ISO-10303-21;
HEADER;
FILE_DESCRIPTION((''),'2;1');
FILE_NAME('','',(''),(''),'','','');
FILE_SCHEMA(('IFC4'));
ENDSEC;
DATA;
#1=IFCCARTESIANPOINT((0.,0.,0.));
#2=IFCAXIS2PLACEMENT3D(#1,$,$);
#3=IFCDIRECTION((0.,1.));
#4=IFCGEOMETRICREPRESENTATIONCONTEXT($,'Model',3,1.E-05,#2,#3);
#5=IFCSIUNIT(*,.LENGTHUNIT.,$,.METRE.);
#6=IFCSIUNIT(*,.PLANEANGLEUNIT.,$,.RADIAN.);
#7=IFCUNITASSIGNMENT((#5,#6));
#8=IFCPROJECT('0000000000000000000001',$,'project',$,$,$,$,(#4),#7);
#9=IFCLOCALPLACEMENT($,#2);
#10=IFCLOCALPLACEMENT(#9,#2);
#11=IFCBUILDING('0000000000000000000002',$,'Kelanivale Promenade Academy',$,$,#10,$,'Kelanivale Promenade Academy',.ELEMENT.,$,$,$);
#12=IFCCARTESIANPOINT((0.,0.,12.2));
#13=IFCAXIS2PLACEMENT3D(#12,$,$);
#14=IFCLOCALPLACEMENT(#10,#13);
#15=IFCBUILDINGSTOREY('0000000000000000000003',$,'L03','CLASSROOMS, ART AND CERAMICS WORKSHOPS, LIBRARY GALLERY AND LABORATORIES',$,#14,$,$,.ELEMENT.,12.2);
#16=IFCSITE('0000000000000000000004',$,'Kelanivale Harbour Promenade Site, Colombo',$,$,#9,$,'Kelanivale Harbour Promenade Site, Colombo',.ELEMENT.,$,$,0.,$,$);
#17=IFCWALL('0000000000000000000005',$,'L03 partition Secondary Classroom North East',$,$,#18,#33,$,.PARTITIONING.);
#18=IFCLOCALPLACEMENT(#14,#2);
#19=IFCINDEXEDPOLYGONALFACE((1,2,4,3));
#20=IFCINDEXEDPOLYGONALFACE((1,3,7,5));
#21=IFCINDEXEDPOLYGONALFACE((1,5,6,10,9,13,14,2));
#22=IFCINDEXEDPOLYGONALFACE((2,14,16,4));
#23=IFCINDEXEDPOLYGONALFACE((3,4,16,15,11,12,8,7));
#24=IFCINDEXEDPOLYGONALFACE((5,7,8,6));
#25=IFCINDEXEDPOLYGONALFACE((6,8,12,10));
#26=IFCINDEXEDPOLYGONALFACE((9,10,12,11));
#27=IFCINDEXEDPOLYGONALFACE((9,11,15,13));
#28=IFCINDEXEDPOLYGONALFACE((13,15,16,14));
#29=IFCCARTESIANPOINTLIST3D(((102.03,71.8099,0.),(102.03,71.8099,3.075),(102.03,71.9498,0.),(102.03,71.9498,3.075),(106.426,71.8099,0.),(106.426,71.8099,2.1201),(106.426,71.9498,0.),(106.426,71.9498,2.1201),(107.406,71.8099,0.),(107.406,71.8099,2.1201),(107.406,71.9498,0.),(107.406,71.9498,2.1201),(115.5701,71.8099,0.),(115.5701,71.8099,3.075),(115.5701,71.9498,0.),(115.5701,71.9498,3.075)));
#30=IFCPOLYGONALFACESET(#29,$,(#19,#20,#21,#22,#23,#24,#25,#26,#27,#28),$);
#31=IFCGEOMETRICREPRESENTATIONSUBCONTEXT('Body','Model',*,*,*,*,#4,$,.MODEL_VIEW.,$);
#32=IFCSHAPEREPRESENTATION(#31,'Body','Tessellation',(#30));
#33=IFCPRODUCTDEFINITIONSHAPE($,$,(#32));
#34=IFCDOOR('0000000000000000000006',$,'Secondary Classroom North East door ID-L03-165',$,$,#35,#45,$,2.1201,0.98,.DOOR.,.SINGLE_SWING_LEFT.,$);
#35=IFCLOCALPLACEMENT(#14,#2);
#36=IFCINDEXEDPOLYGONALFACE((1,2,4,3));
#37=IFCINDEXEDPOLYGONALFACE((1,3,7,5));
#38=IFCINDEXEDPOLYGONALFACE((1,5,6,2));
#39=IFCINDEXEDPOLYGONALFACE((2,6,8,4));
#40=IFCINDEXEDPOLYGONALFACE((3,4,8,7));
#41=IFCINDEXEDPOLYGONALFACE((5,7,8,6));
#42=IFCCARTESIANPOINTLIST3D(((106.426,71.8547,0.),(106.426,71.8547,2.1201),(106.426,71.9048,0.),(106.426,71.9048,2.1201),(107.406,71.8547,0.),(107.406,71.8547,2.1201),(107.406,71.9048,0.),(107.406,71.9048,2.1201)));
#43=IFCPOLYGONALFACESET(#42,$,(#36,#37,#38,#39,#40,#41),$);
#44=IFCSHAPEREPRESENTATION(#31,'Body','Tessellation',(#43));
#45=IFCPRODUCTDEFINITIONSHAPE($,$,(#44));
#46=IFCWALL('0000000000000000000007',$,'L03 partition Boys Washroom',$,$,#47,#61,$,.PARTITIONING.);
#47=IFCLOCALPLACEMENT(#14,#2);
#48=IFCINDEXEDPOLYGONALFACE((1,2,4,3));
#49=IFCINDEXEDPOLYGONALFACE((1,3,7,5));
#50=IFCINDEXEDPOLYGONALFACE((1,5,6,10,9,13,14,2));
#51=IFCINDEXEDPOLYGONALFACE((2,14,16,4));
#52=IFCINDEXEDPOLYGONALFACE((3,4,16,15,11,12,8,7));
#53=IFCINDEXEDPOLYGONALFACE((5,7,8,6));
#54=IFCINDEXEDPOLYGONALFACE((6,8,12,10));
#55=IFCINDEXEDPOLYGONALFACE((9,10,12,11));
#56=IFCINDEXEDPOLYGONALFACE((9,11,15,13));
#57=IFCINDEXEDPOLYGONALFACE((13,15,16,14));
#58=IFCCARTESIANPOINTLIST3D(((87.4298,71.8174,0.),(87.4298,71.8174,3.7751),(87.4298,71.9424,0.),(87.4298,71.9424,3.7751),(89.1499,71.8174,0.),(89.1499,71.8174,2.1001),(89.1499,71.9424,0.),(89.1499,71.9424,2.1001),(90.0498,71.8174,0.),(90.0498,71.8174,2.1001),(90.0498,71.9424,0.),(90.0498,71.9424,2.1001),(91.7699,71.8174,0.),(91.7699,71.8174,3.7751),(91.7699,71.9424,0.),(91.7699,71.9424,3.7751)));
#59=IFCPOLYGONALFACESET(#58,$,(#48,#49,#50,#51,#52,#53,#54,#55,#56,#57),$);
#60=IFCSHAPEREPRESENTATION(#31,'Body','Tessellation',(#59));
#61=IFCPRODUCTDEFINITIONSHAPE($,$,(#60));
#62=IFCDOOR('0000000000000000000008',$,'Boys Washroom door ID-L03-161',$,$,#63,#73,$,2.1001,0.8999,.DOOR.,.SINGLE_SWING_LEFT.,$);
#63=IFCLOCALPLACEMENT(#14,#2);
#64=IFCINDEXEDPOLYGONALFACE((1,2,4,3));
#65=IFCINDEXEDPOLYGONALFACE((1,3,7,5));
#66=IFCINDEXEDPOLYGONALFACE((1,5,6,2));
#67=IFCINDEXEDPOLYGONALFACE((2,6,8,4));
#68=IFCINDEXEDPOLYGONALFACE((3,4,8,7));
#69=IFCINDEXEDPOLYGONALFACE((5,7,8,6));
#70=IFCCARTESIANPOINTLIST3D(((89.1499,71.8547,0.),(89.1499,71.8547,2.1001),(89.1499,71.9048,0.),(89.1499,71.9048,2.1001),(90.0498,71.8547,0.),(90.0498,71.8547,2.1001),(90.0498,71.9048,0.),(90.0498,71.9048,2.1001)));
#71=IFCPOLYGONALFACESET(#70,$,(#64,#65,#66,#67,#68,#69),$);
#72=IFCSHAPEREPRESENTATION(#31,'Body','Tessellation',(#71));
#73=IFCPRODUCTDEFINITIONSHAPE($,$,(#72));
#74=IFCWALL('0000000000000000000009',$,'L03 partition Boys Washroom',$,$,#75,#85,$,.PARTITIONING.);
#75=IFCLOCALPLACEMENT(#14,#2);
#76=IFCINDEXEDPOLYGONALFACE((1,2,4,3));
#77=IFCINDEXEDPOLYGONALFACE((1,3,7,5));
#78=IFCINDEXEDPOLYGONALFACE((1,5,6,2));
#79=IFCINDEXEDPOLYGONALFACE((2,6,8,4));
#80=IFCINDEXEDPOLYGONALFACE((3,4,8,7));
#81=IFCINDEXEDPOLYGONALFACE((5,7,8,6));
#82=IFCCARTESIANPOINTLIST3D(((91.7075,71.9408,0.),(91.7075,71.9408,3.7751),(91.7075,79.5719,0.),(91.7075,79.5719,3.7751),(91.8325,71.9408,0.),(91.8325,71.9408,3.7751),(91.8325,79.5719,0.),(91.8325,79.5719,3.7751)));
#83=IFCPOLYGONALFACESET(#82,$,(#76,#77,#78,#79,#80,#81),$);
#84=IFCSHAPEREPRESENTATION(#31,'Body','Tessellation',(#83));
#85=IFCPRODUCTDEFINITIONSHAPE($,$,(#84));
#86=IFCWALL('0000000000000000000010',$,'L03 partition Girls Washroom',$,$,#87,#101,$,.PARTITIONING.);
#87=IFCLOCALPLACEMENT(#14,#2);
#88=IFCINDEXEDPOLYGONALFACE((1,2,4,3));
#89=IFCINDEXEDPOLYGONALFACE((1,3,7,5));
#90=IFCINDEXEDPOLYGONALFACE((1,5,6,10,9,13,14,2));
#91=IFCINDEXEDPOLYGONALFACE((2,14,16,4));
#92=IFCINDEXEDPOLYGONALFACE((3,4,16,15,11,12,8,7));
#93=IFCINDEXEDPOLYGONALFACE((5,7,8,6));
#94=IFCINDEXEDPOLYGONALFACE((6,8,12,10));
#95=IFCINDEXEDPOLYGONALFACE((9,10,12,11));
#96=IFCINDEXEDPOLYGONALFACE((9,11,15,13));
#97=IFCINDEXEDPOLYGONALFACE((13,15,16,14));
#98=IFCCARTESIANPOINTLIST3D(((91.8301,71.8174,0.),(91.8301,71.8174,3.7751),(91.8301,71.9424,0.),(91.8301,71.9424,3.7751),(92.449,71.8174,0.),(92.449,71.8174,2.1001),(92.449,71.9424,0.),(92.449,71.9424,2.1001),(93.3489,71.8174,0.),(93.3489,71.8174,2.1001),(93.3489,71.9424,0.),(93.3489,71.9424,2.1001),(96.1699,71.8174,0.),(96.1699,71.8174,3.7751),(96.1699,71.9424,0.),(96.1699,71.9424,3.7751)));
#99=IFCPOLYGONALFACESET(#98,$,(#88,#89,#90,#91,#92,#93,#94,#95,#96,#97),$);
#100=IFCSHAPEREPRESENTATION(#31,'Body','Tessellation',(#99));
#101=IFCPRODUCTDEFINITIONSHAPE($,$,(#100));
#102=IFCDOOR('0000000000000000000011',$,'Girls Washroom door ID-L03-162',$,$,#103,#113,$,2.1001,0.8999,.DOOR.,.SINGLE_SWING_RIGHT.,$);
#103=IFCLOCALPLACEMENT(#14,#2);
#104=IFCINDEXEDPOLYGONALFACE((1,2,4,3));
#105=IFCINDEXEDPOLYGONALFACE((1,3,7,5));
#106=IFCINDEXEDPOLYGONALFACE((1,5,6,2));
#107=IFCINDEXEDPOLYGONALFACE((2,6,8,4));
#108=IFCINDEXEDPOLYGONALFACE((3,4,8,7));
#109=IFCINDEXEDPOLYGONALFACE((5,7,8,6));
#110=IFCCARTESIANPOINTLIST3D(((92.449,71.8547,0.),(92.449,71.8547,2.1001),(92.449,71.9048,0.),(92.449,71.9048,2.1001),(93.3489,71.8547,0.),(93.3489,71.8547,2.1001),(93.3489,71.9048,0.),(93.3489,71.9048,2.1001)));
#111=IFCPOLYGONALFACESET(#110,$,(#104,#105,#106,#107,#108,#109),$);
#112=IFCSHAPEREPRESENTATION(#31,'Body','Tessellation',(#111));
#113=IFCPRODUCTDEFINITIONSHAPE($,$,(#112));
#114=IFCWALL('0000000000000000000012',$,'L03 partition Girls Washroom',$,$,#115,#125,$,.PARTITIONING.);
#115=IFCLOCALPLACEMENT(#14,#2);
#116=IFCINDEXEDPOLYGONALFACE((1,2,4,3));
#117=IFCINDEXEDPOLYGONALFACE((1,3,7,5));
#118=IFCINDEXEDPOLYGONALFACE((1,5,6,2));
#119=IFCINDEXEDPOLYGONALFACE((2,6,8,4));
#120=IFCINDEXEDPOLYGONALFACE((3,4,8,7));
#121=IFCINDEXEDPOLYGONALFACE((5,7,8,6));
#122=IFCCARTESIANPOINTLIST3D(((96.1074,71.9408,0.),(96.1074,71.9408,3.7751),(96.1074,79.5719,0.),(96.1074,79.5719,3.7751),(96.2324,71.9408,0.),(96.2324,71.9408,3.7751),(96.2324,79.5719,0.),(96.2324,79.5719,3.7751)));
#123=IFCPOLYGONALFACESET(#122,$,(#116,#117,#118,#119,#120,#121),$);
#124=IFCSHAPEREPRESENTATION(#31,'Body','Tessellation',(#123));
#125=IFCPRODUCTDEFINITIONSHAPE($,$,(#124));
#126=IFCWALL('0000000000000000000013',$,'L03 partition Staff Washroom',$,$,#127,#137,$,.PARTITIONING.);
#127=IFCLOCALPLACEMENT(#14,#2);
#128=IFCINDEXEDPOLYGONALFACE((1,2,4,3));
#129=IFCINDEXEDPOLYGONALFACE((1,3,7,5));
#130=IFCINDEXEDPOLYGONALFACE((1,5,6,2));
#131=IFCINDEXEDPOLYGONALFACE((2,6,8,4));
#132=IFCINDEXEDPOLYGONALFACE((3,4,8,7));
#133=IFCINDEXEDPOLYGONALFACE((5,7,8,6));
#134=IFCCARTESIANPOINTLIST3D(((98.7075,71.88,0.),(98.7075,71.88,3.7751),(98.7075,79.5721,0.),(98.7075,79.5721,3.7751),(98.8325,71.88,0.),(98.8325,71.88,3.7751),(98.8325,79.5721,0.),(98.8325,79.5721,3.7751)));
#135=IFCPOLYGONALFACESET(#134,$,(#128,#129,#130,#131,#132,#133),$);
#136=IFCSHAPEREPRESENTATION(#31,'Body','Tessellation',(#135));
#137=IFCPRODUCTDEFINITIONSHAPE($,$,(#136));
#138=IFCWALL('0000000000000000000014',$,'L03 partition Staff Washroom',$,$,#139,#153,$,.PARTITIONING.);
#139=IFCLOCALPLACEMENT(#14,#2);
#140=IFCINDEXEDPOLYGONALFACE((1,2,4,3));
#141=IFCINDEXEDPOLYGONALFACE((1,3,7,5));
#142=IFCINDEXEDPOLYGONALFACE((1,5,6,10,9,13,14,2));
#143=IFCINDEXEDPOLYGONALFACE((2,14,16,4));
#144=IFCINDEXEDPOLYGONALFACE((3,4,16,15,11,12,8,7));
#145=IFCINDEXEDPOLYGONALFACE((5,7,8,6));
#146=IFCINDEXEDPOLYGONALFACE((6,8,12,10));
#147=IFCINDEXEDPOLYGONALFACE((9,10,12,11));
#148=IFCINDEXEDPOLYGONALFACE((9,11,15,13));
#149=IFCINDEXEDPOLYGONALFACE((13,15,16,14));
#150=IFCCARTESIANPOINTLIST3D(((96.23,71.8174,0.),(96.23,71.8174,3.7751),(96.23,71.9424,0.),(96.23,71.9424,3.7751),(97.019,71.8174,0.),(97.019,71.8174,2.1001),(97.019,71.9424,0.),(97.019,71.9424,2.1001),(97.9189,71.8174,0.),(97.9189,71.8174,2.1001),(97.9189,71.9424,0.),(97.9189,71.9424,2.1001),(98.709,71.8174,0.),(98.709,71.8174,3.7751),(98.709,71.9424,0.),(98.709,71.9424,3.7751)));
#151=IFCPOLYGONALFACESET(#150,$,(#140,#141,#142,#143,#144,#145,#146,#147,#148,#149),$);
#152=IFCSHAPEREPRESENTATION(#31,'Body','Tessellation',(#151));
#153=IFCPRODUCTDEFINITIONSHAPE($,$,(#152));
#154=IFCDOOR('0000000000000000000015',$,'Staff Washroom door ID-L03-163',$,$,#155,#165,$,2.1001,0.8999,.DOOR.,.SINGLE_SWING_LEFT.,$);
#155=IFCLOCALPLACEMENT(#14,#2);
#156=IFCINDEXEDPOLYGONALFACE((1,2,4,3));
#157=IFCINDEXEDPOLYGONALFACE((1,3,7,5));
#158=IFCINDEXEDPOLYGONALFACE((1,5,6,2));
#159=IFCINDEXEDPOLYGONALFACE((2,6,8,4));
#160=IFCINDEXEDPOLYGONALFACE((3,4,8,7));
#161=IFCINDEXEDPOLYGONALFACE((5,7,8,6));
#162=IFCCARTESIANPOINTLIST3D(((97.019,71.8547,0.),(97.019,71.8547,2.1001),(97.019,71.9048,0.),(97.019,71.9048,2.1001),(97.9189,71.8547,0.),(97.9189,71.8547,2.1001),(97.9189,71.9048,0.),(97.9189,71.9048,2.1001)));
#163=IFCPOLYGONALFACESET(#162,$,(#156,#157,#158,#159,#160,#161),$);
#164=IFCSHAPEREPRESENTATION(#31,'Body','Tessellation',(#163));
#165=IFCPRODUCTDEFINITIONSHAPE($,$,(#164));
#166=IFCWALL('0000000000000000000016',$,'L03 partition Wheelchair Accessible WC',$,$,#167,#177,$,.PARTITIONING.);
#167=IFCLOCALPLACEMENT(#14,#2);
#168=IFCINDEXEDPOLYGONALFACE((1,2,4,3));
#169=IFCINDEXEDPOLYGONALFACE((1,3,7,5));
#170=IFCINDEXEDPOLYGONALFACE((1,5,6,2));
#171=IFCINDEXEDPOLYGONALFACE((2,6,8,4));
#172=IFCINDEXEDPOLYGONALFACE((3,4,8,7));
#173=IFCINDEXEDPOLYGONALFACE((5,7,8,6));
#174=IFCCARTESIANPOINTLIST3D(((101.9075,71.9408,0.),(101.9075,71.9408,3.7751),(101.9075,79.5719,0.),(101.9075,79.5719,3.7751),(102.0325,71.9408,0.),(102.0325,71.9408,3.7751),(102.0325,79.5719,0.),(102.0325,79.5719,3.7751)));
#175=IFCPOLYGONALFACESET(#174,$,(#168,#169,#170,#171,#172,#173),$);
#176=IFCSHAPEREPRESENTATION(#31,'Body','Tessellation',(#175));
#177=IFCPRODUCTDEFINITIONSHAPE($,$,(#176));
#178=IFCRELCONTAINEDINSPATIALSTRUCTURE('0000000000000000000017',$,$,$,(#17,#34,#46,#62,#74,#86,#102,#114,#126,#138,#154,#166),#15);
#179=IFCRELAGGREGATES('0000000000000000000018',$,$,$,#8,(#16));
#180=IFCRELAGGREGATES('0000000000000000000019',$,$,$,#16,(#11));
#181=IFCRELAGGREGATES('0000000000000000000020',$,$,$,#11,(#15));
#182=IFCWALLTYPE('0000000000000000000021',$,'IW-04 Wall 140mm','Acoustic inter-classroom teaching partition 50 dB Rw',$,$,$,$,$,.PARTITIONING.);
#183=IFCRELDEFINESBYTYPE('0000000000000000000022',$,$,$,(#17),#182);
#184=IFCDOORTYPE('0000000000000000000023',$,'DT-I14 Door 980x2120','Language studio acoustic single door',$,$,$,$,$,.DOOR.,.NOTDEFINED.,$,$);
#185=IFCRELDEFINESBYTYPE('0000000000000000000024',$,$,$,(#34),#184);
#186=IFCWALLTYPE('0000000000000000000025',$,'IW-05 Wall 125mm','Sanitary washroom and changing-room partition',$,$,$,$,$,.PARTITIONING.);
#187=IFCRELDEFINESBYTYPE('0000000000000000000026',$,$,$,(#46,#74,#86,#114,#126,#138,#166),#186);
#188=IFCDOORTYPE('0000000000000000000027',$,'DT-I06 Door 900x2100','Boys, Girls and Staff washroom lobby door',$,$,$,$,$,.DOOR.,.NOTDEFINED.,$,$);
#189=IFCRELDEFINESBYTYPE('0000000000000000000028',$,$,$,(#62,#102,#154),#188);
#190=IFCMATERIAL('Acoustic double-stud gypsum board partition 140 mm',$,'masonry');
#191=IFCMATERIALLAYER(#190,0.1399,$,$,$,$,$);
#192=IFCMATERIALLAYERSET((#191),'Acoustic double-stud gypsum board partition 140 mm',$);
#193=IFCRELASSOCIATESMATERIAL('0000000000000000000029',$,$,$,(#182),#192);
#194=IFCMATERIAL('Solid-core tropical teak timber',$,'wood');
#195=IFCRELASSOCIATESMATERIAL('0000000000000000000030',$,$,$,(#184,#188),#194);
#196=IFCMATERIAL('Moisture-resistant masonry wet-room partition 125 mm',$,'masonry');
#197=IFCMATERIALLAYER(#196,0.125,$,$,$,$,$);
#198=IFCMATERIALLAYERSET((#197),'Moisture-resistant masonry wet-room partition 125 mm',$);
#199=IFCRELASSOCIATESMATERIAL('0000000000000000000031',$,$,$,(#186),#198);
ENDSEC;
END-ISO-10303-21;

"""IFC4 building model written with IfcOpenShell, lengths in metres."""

from ifc_helpers import new_model, si_unit, direction, frame, frame_2d, origin, place, context, subcontext, project, spatial, rectangle, extrude, material, layer, layer_set, type_object, element, fill, save


model = new_model("IFC4")

# Units and contexts
model_context = context("Model", 3, precision=1e-05, world=origin(), true_north=direction((0.0, 1.0)))
body_context = subcontext(model_context, "Body", "Model", "MODEL_VIEW")
ifc_project = project(units=[si_unit("LENGTHUNIT", "METRE"), si_unit("PLANEANGLEUNIT", "RADIAN")], contexts=[model_context])

# Site, building, storey
site_placement = place(None, origin())
site = spatial("IfcSite", under=ifc_project, at=site_placement, Name="Kelanivale Harbour Promenade Site, Colombo", LongName="Kelanivale Harbour Promenade Site, Colombo", CompositionType="ELEMENT", RefElevation=0.0)
building_placement = place(site_placement, origin())
building = spatial("IfcBuilding", under=site, at=building_placement, Name="Kelanivale Promenade Academy", LongName="Kelanivale Promenade Academy", CompositionType="ELEMENT")
storey_placement = place(building_placement, frame((0.0, 0.0, 12.2)))
storey = spatial("IfcBuildingStorey", under=building, at=storey_placement, Name="L03", Description="CLASSROOMS, ART AND CERAMICS WORKSHOPS, LIBRARY GALLERY AND LABORATORIES", CompositionType="ELEMENT", Elevation=12.2)

# Walls, openings, doors
ifc_material_1 = material(Name="Acoustic double-stud gypsum board partition 140 mm", Category="masonry")
ifc_layer_1 = layer(ifc_material_1, 0.1399)
ifc_layer_set_1 = layer_set([ifc_layer_1], Name="Acoustic double-stud gypsum board partition 140 mm")
wall_type_1 = type_object("IfcWallType", Name="IW-04 Wall 140mm", Description="Acoustic inter-classroom teaching partition 50 dB Rw", PredefinedType="PARTITIONING", material=ifc_layer_set_1)
wall_1_placement = place(storey_placement, frame((102.03, 71.8799, 0.0), z_axis=(0.0, 0.0, 1.0), x_axis=(1.0, 0.0, 0.0)))
wall_1 = element("IfcWall", 1, at=wall_1_placement, inside=storey, type_object=wall_type_1, Name="L03 partition Secondary Classroom North East", PredefinedType="PARTITIONING", context=body_context, shape_type="SweptSolid", body=[
    extrude(rectangle(XDim=13.54, YDim=0.1399, at=frame_2d((6.77, 0.0))), origin(), (0.0, 0.0, 1.0), 3.075),
])
opening_1_placement = place(wall_1_placement, frame((4.396, 0.0, 0.0)))
opening_1 = element("IfcOpeningElement", 2, at=opening_1_placement, cuts=wall_1, PredefinedType="OPENING", context=body_context, shape_type="SweptSolid", body=[
    extrude(rectangle(XDim=0.98, YDim=2.1201, at=frame_2d((0.49, 1.0601))), frame((0.0, 0.0801, 0.0), z_axis=(0.0, -1.0, 0.0), x_axis=(1.0, 0.0, 0.0)), (0.0, 0.0, 1.0), 0.1599),
])
ifc_material_2 = material(Name="Solid-core tropical teak timber", Category="wood")
door_type_1 = type_object("IfcDoorType", Name="DT-I14 Door 980x2120", Description="Language studio acoustic single door", OperationType="NOTDEFINED", PredefinedType="DOOR", material=ifc_material_2)
door_1_placement = place(opening_1_placement, origin())
door_1 = element("IfcDoor", 3, at=door_1_placement, inside=storey, type_object=door_type_1, Name="Secondary Classroom North East door ID-L03-165", OperationType="SINGLE_SWING_LEFT", OverallHeight=2.1201, OverallWidth=0.98, PredefinedType="DOOR", context=body_context, shape_type="SweptSolid", body=[
    extrude(rectangle(XDim=0.98, YDim=2.1201, at=frame_2d((0.49, 1.0601))), frame((0.0, 0.0249, 0.0), z_axis=(0.0, -1.0, 0.0), x_axis=(1.0, 0.0, 0.0)), (0.0, 0.0, 1.0), 0.05),
])
fill(opening_1, door_1)
ifc_material_3 = material(Name="Moisture-resistant masonry wet-room partition 125 mm", Category="masonry")
ifc_layer_2 = layer(ifc_material_3, 0.125)
ifc_layer_set_2 = layer_set([ifc_layer_2], Name="Moisture-resistant masonry wet-room partition 125 mm")
wall_type_2 = type_object("IfcWallType", Name="IW-05 Wall 125mm", Description="Sanitary washroom and changing-room partition", PredefinedType="PARTITIONING", material=ifc_layer_set_2)
wall_2_placement = place(storey_placement, frame((87.4299, 71.8799, 0.0), z_axis=(0.0, 0.0, 1.0), x_axis=(1.0, 0.0, 0.0)))
wall_2 = element("IfcWall", 4, at=wall_2_placement, inside=storey, type_object=wall_type_2, Name="L03 partition Boys Washroom", PredefinedType="PARTITIONING", context=body_context, shape_type="SweptSolid", body=[
    extrude(rectangle(XDim=4.3401, YDim=0.125, at=frame_2d((2.1699, 0.0))), origin(), (0.0, 0.0, 1.0), 3.7751),
])
opening_2_placement = place(wall_2_placement, frame((1.72, 0.0, 0.0)))
opening_2 = element("IfcOpeningElement", 5, at=opening_2_placement, cuts=wall_2, PredefinedType="OPENING", context=body_context, shape_type="SweptSolid", body=[
    extrude(rectangle(XDim=0.8999, YDim=2.1001, at=frame_2d((0.45, 1.05))), frame((0.0, 0.0725, 0.0), z_axis=(0.0, -1.0, 0.0), x_axis=(1.0, 0.0, 0.0)), (0.0, 0.0, 1.0), 0.145),
])
door_type_2 = type_object("IfcDoorType", Name="DT-I06 Door 900x2100", Description="Boys, Girls and Staff washroom lobby door", OperationType="NOTDEFINED", PredefinedType="DOOR", material=ifc_material_2)
door_2_placement = place(opening_2_placement, origin())
door_2 = element("IfcDoor", 6, at=door_2_placement, inside=storey, type_object=door_type_2, Name="Boys Washroom door ID-L03-161", OperationType="SINGLE_SWING_LEFT", OverallHeight=2.1001, OverallWidth=0.8999, PredefinedType="DOOR", context=body_context, shape_type="SweptSolid", body=[
    extrude(rectangle(XDim=0.8999, YDim=2.1001, at=frame_2d((0.45, 1.05))), frame((0.0, 0.0249, 0.0), z_axis=(0.0, -1.0, 0.0), x_axis=(1.0, 0.0, 0.0)), (0.0, 0.0, 1.0), 0.05),
])
fill(opening_2, door_2)

# Wall
wall_3_placement = place(storey_placement, frame((91.77, 71.9409, 0.0), z_axis=(0.0, 0.0, 1.0), x_axis=(0.0, 1.0, 0.0)))
element("IfcWall", 7, at=wall_3_placement, inside=storey, type_object=wall_type_2, Name="L03 partition Boys Washroom", PredefinedType="PARTITIONING", context=body_context, shape_type="SweptSolid", body=[
    extrude(rectangle(XDim=7.6311, YDim=0.125, at=frame_2d((3.8154, 0.0))), origin(), (0.0, 0.0, 1.0), 3.7751),
])

# Wall, opening, door
wall_4_placement = place(storey_placement, frame((91.8301, 71.8799, 0.0), z_axis=(0.0, 0.0, 1.0), x_axis=(1.0, 0.0, 0.0)))
wall_4 = element("IfcWall", 8, at=wall_4_placement, inside=storey, type_object=wall_type_2, Name="L03 partition Girls Washroom", PredefinedType="PARTITIONING", context=body_context, shape_type="SweptSolid", body=[
    extrude(rectangle(XDim=4.3398, YDim=0.125, at=frame_2d((2.1699, 0.0))), origin(), (0.0, 0.0, 1.0), 3.7751),
])
opening_3_placement = place(wall_4_placement, frame((0.6189, 0.0, 0.0)))
opening_3 = element("IfcOpeningElement", 9, at=opening_3_placement, cuts=wall_4, PredefinedType="OPENING", context=body_context, shape_type="SweptSolid", body=[
    extrude(rectangle(XDim=0.8999, YDim=2.1001, at=frame_2d((0.45, 1.05))), frame((0.0, 0.0725, 0.0), z_axis=(0.0, -1.0, 0.0), x_axis=(1.0, 0.0, 0.0)), (0.0, 0.0, 1.0), 0.145),
])
door_3_placement = place(opening_3_placement, origin())
door_3 = element("IfcDoor", 10, at=door_3_placement, inside=storey, type_object=door_type_2, Name="Girls Washroom door ID-L03-162", OperationType="SINGLE_SWING_RIGHT", OverallHeight=2.1001, OverallWidth=0.8999, PredefinedType="DOOR", context=body_context, shape_type="SweptSolid", body=[
    extrude(rectangle(XDim=0.8999, YDim=2.1001, at=frame_2d((0.45, 1.05))), frame((0.0, 0.0249, 0.0), z_axis=(0.0, -1.0, 0.0), x_axis=(1.0, 0.0, 0.0)), (0.0, 0.0, 1.0), 0.05),
])
fill(opening_3, door_3)

# Walls
wall_5_placement = place(storey_placement, frame((96.1699, 71.9409, 0.0), z_axis=(0.0, 0.0, 1.0), x_axis=(0.0, 1.0, 0.0)))
element("IfcWall", 11, at=wall_5_placement, inside=storey, type_object=wall_type_2, Name="L03 partition Girls Washroom", PredefinedType="PARTITIONING", context=body_context, shape_type="SweptSolid", body=[
    extrude(rectangle(XDim=7.6311, YDim=0.125, at=frame_2d((3.8154, 0.0))), origin(), (0.0, 0.0, 1.0), 3.7751),
])
wall_6_placement = place(storey_placement, frame((98.77, 71.8799, 0.0), z_axis=(0.0, 0.0, 1.0), x_axis=(0.0, 1.0, 0.0)))
element("IfcWall", 12, at=wall_6_placement, inside=storey, type_object=wall_type_2, Name="L03 partition Staff Washroom", PredefinedType="PARTITIONING", context=body_context, shape_type="SweptSolid", body=[
    extrude(rectangle(XDim=7.6921, YDim=0.125, at=frame_2d((3.8462, 0.0))), origin(), (0.0, 0.0, 1.0), 3.7751),
])

# Wall, opening, door
wall_7_placement = place(storey_placement, frame((96.23, 71.8799, 0.0), z_axis=(0.0, 0.0, 1.0), x_axis=(1.0, 0.0, 0.0)))
wall_7 = element("IfcWall", 13, at=wall_7_placement, inside=storey, type_object=wall_type_2, Name="L03 partition Staff Washroom", PredefinedType="PARTITIONING", context=body_context, shape_type="SweptSolid", body=[
    extrude(rectangle(XDim=2.479, YDim=0.125, at=frame_2d((1.2395, 0.0))), origin(), (0.0, 0.0, 1.0), 3.7751),
])
opening_4_placement = place(wall_7_placement, frame((0.7891, 0.0, 0.0)))
opening_4 = element("IfcOpeningElement", 14, at=opening_4_placement, cuts=wall_7, PredefinedType="OPENING", context=body_context, shape_type="SweptSolid", body=[
    extrude(rectangle(XDim=0.8999, YDim=2.1001, at=frame_2d((0.45, 1.05))), frame((0.0, 0.0725, 0.0), z_axis=(0.0, -1.0, 0.0), x_axis=(1.0, 0.0, 0.0)), (0.0, 0.0, 1.0), 0.145),
])
door_4_placement = place(opening_4_placement, origin())
door_4 = element("IfcDoor", 15, at=door_4_placement, inside=storey, type_object=door_type_2, Name="Staff Washroom door ID-L03-163", OperationType="SINGLE_SWING_LEFT", OverallHeight=2.1001, OverallWidth=0.8999, PredefinedType="DOOR", context=body_context, shape_type="SweptSolid", body=[
    extrude(rectangle(XDim=0.8999, YDim=2.1001, at=frame_2d((0.45, 1.05))), frame((0.0, 0.0249, 0.0), z_axis=(0.0, -1.0, 0.0), x_axis=(1.0, 0.0, 0.0)), (0.0, 0.0, 1.0), 0.05),
])
fill(opening_4, door_4)

# Wall
wall_8_placement = place(storey_placement, frame((101.97, 71.9409, 0.0), z_axis=(0.0, 0.0, 1.0), x_axis=(0.0, 1.0, 0.0)))
element("IfcWall", 16, at=wall_8_placement, inside=storey, type_object=wall_type_2, Name="L03 partition Wheelchair Accessible WC", PredefinedType="PARTITIONING", context=body_context, shape_type="SweptSolid", body=[
    extrude(rectangle(XDim=7.6311, YDim=0.125, at=frame_2d((3.8154, 0.0))), origin(), (0.0, 0.0, 1.0), 3.7751),
])

save(model, "model.ifc")
